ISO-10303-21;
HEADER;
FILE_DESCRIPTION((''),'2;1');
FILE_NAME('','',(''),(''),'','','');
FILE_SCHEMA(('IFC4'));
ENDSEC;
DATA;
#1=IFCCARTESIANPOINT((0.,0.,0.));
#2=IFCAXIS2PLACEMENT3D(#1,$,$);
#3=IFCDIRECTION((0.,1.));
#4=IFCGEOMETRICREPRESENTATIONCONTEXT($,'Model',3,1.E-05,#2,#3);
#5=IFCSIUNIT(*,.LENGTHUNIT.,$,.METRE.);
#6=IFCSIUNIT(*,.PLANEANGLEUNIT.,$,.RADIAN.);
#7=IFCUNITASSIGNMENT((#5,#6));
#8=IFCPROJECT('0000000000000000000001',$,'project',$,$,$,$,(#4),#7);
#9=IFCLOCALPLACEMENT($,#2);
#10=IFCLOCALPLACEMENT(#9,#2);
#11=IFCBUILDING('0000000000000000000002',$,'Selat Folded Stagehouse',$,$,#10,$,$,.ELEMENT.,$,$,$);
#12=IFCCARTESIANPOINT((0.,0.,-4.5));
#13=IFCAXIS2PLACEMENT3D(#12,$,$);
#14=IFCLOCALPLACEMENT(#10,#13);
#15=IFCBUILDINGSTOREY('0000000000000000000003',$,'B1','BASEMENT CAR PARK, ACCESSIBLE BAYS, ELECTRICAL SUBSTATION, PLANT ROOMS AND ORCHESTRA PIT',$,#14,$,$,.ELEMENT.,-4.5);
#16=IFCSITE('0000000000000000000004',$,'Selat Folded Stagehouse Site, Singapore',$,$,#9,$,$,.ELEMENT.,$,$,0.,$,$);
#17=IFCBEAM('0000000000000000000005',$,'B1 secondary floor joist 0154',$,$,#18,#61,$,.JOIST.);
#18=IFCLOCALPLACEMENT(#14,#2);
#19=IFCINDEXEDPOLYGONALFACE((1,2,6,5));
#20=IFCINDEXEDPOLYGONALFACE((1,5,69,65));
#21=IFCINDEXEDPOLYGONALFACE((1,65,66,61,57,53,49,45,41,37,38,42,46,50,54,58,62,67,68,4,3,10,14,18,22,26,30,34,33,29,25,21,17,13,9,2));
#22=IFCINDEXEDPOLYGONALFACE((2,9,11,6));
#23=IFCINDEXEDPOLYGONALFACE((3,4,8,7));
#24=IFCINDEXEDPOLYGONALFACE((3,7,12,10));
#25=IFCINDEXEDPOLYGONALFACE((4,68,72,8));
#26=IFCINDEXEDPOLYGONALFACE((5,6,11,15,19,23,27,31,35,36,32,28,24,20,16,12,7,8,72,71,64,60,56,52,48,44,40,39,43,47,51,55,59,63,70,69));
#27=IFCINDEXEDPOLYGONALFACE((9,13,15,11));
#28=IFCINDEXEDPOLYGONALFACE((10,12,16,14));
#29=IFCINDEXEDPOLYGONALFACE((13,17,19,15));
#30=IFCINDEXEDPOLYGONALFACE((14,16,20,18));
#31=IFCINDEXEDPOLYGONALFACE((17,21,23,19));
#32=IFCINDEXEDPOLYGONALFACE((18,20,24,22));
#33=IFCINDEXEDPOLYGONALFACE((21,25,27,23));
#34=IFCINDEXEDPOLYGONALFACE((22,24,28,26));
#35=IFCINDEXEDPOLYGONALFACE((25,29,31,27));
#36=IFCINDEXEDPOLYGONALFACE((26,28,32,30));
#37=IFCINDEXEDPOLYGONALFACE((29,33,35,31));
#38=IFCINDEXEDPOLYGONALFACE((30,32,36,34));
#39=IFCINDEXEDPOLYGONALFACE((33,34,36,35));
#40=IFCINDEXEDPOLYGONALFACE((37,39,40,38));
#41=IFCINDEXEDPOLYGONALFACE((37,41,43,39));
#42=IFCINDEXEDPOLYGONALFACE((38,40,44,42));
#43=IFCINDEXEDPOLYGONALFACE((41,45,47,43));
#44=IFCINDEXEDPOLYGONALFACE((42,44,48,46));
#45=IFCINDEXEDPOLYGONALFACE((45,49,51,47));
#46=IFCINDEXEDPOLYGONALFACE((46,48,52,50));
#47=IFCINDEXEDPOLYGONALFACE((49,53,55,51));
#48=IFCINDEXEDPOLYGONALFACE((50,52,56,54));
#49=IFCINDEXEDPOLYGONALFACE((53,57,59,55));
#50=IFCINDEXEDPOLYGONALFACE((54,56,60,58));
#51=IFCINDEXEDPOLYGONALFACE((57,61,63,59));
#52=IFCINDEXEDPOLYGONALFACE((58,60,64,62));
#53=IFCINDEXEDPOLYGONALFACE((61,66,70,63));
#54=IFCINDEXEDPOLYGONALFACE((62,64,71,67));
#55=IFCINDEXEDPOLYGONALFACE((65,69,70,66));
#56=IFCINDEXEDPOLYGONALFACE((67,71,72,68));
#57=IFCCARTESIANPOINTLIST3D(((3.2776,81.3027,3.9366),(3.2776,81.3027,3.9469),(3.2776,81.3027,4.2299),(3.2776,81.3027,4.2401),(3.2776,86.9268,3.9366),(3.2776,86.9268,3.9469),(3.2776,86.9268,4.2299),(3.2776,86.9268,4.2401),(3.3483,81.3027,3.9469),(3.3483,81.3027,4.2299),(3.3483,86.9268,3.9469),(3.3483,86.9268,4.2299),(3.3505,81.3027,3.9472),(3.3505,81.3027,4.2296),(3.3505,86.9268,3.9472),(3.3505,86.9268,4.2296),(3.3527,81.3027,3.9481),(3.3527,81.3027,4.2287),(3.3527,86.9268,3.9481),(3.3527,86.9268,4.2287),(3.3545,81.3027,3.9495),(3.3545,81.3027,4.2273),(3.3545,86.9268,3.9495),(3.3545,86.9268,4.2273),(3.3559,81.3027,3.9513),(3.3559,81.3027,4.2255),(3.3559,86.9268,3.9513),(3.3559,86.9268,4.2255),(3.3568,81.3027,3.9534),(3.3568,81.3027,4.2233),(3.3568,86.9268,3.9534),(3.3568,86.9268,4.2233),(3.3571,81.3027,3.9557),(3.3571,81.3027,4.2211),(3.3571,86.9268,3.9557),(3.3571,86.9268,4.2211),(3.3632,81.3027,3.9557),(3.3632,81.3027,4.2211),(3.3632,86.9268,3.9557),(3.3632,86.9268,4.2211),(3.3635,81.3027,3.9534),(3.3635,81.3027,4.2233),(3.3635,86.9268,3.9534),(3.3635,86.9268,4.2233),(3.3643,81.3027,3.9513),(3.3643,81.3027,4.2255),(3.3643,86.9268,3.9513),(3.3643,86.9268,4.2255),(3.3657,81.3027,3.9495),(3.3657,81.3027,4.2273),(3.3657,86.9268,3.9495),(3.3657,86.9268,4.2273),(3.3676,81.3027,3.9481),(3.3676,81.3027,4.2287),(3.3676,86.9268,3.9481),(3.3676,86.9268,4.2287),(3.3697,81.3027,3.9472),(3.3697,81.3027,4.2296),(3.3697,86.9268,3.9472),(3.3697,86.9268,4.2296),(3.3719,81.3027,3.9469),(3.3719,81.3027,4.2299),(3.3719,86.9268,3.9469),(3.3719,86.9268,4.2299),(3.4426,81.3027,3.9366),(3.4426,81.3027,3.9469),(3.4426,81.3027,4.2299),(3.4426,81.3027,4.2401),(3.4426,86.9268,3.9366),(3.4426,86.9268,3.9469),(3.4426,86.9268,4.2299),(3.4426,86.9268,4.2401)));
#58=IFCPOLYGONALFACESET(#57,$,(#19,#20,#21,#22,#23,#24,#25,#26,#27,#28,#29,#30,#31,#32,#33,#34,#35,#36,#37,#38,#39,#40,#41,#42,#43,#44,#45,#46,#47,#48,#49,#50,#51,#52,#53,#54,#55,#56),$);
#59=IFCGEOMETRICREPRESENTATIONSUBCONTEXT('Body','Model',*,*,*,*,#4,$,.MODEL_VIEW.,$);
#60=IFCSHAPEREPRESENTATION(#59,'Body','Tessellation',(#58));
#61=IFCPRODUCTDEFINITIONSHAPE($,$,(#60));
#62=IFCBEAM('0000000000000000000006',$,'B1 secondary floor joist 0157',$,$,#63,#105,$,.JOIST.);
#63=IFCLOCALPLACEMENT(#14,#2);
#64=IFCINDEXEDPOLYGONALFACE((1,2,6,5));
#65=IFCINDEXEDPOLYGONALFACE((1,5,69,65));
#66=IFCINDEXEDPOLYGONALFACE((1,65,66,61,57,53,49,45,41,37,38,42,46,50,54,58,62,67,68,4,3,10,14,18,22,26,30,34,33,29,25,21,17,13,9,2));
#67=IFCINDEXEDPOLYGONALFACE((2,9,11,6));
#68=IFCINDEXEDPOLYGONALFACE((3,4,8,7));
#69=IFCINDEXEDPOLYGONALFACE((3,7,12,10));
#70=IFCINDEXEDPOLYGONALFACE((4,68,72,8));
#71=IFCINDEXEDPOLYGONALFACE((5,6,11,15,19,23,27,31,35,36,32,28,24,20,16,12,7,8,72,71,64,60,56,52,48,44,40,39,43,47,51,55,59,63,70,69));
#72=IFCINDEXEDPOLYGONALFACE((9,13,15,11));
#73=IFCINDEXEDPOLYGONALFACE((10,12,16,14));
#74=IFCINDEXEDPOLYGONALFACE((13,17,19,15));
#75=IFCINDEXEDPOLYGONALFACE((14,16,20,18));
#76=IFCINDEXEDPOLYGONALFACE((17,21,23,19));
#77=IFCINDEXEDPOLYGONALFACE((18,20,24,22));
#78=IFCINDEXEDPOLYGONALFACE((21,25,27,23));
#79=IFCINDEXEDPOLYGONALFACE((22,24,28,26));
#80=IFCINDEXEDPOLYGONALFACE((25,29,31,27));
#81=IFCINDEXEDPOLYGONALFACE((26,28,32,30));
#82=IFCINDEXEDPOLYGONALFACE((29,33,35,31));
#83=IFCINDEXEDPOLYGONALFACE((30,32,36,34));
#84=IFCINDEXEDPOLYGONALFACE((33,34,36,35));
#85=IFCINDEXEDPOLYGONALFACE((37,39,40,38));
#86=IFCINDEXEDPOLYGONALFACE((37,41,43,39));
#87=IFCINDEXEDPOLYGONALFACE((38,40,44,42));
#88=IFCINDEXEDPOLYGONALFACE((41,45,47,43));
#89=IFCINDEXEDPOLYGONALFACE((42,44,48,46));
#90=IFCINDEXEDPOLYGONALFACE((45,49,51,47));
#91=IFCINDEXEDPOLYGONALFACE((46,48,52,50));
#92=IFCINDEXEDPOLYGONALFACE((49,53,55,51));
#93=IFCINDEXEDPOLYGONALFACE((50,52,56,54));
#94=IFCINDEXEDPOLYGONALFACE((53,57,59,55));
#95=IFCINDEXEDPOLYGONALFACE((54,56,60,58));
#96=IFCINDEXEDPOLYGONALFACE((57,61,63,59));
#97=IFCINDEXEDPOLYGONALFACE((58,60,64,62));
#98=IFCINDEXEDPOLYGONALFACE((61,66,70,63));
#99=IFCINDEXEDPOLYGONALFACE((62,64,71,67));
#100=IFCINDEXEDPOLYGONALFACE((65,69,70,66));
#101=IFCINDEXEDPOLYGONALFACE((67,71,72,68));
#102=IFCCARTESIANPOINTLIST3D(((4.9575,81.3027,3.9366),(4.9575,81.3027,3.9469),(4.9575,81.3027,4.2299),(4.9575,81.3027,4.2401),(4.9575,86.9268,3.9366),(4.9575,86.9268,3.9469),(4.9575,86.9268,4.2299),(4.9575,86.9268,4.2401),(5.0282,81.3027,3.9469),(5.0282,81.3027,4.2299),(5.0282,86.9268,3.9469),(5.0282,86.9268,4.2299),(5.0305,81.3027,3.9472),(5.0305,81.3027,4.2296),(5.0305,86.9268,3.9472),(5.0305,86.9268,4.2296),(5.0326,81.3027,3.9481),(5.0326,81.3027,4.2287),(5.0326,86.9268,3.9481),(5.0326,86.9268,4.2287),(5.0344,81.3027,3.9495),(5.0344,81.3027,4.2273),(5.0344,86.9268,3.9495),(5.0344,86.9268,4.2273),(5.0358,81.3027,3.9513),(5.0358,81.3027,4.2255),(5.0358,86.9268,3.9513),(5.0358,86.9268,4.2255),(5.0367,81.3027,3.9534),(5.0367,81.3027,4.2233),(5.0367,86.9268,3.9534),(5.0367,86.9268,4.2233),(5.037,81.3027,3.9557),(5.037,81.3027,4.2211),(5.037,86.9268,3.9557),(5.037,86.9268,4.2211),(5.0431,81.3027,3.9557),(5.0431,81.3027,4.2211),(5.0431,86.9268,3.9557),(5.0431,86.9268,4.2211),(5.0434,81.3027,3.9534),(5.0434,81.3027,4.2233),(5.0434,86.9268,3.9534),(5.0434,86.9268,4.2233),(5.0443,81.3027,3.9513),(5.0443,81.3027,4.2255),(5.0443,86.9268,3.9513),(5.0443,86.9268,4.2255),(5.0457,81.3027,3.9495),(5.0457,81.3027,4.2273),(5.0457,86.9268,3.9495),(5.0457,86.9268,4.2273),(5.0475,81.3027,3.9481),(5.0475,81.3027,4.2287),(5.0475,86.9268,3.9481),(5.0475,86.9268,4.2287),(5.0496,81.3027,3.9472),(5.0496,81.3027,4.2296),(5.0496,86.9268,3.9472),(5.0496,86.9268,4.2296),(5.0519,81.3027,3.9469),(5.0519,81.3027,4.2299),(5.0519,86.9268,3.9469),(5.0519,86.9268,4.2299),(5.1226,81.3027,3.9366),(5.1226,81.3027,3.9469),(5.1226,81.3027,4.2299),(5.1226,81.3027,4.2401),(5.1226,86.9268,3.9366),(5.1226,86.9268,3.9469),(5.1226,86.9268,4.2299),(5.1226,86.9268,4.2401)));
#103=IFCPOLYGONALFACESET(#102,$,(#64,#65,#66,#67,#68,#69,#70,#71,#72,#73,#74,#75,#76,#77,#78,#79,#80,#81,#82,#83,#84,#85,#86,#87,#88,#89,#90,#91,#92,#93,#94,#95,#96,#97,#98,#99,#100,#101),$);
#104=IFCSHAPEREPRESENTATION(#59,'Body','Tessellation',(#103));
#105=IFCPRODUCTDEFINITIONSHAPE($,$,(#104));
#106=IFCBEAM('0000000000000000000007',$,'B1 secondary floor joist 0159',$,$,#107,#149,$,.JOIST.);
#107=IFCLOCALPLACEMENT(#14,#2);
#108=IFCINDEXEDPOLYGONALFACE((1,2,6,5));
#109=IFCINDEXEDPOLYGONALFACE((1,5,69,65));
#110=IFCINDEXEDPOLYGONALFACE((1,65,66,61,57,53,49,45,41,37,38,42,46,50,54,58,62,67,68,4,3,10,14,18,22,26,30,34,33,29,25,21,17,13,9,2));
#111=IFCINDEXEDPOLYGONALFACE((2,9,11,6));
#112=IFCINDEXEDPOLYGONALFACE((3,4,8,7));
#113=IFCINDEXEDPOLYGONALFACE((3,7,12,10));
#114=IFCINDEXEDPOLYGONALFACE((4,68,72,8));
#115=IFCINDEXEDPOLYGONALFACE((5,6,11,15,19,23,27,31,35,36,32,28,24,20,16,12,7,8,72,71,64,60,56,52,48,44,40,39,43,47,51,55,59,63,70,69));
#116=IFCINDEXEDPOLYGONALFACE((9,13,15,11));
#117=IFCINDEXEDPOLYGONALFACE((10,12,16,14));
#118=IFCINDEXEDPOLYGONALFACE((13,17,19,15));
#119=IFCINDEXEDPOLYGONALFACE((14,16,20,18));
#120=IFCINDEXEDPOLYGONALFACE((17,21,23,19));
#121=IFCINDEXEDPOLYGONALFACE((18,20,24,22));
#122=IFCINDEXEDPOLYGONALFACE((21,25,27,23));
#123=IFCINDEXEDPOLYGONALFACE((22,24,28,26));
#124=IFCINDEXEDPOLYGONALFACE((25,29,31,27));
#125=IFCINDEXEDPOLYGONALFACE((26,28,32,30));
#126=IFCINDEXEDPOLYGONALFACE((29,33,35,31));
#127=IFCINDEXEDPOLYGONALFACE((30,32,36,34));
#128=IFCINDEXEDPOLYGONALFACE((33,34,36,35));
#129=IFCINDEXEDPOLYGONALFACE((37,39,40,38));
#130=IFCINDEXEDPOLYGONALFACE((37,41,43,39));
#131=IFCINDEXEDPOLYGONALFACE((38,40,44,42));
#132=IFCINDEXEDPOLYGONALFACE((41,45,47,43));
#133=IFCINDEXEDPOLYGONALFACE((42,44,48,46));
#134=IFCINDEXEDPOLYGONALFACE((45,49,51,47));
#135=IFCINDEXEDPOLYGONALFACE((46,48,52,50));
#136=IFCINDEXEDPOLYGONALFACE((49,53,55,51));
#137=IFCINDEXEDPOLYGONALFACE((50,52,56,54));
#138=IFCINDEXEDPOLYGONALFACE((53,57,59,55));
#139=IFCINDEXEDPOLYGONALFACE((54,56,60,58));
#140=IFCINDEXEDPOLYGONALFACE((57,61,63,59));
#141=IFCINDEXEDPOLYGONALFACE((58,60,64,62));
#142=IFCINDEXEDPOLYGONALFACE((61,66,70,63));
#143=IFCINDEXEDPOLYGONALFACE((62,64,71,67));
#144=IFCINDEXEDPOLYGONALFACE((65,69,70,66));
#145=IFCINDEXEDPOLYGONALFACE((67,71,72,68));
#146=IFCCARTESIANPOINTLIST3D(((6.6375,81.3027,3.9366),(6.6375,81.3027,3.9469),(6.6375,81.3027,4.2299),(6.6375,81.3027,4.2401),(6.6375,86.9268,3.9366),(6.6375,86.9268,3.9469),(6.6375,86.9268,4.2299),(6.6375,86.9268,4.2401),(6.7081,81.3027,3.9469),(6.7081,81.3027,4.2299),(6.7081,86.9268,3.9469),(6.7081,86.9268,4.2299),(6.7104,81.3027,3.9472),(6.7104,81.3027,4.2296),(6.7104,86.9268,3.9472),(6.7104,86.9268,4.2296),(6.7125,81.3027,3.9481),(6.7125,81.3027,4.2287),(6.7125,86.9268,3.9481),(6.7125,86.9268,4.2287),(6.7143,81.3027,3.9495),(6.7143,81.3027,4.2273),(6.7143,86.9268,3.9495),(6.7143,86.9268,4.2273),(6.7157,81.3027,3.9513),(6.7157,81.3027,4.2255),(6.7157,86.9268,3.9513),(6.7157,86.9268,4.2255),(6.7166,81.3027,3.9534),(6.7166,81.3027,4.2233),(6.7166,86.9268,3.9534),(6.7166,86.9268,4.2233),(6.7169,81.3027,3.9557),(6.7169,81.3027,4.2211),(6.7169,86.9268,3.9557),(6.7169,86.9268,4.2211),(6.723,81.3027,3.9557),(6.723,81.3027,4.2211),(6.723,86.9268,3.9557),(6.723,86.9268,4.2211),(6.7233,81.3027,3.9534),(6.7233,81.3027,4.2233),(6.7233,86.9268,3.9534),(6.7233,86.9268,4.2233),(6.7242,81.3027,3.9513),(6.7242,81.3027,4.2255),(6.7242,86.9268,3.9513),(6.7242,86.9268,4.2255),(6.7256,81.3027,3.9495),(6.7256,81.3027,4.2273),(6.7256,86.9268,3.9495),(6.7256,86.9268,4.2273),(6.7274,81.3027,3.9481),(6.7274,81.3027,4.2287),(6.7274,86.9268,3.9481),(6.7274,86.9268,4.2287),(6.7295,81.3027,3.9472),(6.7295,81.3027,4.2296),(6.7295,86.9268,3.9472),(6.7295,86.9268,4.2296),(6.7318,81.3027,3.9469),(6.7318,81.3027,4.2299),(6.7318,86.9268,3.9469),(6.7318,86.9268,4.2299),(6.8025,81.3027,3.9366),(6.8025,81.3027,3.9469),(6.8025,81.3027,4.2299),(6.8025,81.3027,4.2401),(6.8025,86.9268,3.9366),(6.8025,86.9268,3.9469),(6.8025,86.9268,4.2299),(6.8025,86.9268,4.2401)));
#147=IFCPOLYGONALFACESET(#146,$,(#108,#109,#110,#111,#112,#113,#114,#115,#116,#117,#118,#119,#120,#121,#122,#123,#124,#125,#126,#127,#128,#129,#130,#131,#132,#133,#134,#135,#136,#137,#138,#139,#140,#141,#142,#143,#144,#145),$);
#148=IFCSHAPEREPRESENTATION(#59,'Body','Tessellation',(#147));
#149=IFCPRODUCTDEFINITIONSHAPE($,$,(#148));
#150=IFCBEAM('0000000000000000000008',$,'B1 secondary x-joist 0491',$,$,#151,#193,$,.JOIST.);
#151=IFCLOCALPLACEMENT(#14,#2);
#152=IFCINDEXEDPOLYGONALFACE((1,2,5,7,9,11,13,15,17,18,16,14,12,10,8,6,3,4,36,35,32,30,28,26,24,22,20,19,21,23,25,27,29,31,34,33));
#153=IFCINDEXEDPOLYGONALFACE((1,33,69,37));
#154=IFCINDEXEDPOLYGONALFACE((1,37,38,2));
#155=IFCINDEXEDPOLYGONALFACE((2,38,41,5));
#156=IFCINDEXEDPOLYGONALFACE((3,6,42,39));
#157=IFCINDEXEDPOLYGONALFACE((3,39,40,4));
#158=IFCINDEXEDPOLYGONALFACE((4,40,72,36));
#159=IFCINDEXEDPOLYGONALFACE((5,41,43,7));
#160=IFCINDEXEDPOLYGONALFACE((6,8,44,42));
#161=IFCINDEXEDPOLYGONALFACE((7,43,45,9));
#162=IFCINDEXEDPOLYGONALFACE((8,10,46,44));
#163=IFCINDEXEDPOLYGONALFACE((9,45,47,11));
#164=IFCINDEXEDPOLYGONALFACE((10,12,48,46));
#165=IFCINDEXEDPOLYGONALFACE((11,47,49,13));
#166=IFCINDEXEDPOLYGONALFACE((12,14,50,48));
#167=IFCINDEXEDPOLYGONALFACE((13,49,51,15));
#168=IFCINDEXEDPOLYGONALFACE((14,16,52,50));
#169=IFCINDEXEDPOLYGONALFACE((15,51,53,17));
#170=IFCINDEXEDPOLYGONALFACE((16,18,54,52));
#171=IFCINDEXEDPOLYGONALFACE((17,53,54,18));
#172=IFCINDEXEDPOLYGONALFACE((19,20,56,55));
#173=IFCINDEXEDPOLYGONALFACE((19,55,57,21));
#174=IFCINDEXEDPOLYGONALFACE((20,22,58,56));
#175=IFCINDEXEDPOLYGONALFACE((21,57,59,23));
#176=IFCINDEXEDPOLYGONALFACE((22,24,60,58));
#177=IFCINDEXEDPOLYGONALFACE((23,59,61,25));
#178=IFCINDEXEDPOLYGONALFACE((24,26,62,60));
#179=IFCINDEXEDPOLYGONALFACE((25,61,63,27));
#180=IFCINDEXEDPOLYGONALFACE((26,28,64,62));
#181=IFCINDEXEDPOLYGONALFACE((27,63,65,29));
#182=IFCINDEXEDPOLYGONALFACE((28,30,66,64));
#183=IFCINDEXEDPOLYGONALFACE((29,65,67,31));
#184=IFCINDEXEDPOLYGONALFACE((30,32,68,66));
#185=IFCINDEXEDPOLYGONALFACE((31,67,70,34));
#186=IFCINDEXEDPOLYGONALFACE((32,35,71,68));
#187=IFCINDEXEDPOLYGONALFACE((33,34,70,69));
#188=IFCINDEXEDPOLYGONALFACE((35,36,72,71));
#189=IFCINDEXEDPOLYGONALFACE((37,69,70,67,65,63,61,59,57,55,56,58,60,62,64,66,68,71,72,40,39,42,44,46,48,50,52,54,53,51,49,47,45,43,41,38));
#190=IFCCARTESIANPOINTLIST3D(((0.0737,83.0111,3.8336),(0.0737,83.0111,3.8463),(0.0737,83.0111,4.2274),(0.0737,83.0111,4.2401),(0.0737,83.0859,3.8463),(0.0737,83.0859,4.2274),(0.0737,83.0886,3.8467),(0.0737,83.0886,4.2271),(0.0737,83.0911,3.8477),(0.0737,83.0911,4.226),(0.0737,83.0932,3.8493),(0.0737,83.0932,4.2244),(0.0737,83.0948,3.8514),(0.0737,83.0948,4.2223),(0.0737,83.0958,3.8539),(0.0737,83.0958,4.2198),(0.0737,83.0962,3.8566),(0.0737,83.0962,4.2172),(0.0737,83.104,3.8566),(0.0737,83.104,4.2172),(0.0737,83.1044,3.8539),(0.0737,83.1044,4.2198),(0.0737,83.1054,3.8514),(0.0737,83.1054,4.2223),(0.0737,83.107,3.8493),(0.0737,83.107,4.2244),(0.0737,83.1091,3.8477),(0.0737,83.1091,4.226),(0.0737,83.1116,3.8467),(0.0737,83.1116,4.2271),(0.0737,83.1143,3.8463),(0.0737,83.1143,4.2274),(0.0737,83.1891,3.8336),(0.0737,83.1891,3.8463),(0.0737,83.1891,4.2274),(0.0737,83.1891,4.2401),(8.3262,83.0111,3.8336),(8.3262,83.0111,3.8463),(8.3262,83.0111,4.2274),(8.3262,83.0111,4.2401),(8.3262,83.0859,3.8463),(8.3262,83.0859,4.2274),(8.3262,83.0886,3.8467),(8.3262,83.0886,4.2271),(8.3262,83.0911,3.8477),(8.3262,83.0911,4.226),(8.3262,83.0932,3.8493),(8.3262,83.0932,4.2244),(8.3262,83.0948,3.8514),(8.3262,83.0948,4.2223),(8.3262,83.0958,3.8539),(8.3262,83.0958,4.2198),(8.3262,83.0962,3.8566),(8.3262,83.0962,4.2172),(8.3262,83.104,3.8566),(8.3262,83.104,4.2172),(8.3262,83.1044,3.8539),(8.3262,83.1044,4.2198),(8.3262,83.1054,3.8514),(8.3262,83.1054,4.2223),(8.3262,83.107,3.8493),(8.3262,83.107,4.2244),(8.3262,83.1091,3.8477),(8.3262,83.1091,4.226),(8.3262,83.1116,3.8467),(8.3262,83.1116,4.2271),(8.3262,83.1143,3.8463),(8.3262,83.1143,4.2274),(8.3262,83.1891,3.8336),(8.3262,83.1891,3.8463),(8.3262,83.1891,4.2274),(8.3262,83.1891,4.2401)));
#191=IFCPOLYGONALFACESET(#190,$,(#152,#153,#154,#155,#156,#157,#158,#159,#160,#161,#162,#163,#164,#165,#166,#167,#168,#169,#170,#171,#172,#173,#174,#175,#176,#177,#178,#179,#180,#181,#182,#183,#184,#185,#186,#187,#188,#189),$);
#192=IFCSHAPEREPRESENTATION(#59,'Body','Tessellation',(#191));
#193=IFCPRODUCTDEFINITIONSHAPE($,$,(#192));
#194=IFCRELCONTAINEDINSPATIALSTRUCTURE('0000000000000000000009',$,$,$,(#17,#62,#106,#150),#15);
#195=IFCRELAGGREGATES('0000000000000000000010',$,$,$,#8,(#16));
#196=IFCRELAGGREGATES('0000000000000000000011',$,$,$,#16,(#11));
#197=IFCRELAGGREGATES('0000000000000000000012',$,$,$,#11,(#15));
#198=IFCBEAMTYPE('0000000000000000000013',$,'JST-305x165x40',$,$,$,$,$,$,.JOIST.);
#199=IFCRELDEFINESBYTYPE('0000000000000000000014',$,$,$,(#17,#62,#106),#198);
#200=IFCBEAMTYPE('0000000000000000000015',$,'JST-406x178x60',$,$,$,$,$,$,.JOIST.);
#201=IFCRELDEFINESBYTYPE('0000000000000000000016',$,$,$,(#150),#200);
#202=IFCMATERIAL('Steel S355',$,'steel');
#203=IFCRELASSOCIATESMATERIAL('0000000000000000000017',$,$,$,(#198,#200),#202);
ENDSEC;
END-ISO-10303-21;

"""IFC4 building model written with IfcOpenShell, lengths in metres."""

from ifc_helpers import new_model, si_unit, direction, frame, origin, origin_2d, place, context, subcontext, project, spatial, i_section, extrude, material, material_profile, profile_set, type_object, element, save


model = new_model("IFC4")

# Units and contexts
model_context = context("Model", 3, precision=1e-05, world=origin(), true_north=direction((0.0, 1.0)))
body_context = subcontext(model_context, "Body", "Model", "MODEL_VIEW")
ifc_project = project(units=[si_unit("LENGTHUNIT", "METRE"), si_unit("PLANEANGLEUNIT", "RADIAN")], contexts=[model_context])

# Site, building, storey
site_placement = place(None, origin())
site = spatial("IfcSite", under=ifc_project, at=site_placement, Name="Selat Folded Stagehouse Site, Singapore", CompositionType="ELEMENT", RefElevation=0.0)
building_placement = place(site_placement, origin())
building = spatial("IfcBuilding", under=site, at=building_placement, Name="Selat Folded Stagehouse", CompositionType="ELEMENT")
storey_placement = place(building_placement, frame((0.0, 0.0, -4.5)))
storey = spatial("IfcBuildingStorey", under=building, at=storey_placement, Name="B1", Description="BASEMENT CAR PARK, ACCESSIBLE BAYS, ELECTRICAL SUBSTATION, PLANT ROOMS AND ORCHESTRA PIT", CompositionType="ELEMENT", Elevation=-4.5)

# Shared definitions
ifc_material_1 = material(Name="Steel S355", Category="steel")

# Beams
ifc_material_profile_1 = material_profile(ifc_material_1, i_section(OverallWidth=0.165, OverallDepth=0.3035, WebThickness=0.0061, FlangeThickness=0.0103, FilletRadius=0.0088, at=origin_2d()), Name="UKB 305x165x40")
ifc_profile_set_1 = profile_set([ifc_material_profile_1], Name="Steel S355")
beam_type_1 = type_object("IfcBeamType", Name="JST-305x165x40", PredefinedType="JOIST", material=ifc_profile_set_1)
for number, where, z_axis, x_axis, name in (
    (1, (3.3601, 81.3027, 4.0884), (0.0, 1.0, 0.0), (-1.0, 0.0, 0.0), "B1 secondary floor joist 0154"),
    (2, (5.04, 81.3027, 4.0884), (0.0, 1.0, 0.0), (-1.0, 0.0, 0.0), "B1 secondary floor joist 0157"),
    (3, (6.72, 81.3027, 4.0884), (0.0, 1.0, 0.0), (-1.0, 0.0, 0.0), "B1 secondary floor joist 0159"),
):
    element("IfcBeam", number, at=place(storey_placement, frame(where, z_axis=z_axis, x_axis=x_axis)), inside=storey, type_object=beam_type_1, Name=name, PredefinedType="JOIST", context=body_context, shape_type="SweptSolid", body=[
        extrude(i_section(OverallWidth=0.165, OverallDepth=0.3035, WebThickness=0.0061, FlangeThickness=0.0103, FilletRadius=0.0088, at=origin_2d()), origin(), (0.0, 0.0, 1.0), 5.624),
    ])
ifc_material_profile_2 = material_profile(ifc_material_1, i_section(OverallWidth=0.178, OverallDepth=0.4065, WebThickness=0.0078, FlangeThickness=0.0127, FilletRadius=0.0103, at=origin_2d()), Name="UKB 406x178x60")
ifc_profile_set_2 = profile_set([ifc_material_profile_2], Name="Steel S355")
beam_type_2 = type_object("IfcBeamType", Name="JST-406x178x60", PredefinedType="JOIST", material=ifc_profile_set_2)
for number, where, z_axis, x_axis, name in (
    (4, (0.0737, 83.1001, 4.0369), (1.0, 0.0, 0.0), (0.0, 1.0, 0.0), "B1 secondary x-joist 0491"),
):
    element("IfcBeam", number, at=place(storey_placement, frame(where, z_axis=z_axis, x_axis=x_axis)), inside=storey, type_object=beam_type_2, Name=name, PredefinedType="JOIST", context=body_context, shape_type="SweptSolid", body=[
        extrude(i_section(OverallWidth=0.178, OverallDepth=0.4065, WebThickness=0.0078, FlangeThickness=0.0127, FilletRadius=0.0103, at=origin_2d()), origin(), (0.0, 0.0, 1.0), 8.2524),
    ])

save(model, "model.ifc")
